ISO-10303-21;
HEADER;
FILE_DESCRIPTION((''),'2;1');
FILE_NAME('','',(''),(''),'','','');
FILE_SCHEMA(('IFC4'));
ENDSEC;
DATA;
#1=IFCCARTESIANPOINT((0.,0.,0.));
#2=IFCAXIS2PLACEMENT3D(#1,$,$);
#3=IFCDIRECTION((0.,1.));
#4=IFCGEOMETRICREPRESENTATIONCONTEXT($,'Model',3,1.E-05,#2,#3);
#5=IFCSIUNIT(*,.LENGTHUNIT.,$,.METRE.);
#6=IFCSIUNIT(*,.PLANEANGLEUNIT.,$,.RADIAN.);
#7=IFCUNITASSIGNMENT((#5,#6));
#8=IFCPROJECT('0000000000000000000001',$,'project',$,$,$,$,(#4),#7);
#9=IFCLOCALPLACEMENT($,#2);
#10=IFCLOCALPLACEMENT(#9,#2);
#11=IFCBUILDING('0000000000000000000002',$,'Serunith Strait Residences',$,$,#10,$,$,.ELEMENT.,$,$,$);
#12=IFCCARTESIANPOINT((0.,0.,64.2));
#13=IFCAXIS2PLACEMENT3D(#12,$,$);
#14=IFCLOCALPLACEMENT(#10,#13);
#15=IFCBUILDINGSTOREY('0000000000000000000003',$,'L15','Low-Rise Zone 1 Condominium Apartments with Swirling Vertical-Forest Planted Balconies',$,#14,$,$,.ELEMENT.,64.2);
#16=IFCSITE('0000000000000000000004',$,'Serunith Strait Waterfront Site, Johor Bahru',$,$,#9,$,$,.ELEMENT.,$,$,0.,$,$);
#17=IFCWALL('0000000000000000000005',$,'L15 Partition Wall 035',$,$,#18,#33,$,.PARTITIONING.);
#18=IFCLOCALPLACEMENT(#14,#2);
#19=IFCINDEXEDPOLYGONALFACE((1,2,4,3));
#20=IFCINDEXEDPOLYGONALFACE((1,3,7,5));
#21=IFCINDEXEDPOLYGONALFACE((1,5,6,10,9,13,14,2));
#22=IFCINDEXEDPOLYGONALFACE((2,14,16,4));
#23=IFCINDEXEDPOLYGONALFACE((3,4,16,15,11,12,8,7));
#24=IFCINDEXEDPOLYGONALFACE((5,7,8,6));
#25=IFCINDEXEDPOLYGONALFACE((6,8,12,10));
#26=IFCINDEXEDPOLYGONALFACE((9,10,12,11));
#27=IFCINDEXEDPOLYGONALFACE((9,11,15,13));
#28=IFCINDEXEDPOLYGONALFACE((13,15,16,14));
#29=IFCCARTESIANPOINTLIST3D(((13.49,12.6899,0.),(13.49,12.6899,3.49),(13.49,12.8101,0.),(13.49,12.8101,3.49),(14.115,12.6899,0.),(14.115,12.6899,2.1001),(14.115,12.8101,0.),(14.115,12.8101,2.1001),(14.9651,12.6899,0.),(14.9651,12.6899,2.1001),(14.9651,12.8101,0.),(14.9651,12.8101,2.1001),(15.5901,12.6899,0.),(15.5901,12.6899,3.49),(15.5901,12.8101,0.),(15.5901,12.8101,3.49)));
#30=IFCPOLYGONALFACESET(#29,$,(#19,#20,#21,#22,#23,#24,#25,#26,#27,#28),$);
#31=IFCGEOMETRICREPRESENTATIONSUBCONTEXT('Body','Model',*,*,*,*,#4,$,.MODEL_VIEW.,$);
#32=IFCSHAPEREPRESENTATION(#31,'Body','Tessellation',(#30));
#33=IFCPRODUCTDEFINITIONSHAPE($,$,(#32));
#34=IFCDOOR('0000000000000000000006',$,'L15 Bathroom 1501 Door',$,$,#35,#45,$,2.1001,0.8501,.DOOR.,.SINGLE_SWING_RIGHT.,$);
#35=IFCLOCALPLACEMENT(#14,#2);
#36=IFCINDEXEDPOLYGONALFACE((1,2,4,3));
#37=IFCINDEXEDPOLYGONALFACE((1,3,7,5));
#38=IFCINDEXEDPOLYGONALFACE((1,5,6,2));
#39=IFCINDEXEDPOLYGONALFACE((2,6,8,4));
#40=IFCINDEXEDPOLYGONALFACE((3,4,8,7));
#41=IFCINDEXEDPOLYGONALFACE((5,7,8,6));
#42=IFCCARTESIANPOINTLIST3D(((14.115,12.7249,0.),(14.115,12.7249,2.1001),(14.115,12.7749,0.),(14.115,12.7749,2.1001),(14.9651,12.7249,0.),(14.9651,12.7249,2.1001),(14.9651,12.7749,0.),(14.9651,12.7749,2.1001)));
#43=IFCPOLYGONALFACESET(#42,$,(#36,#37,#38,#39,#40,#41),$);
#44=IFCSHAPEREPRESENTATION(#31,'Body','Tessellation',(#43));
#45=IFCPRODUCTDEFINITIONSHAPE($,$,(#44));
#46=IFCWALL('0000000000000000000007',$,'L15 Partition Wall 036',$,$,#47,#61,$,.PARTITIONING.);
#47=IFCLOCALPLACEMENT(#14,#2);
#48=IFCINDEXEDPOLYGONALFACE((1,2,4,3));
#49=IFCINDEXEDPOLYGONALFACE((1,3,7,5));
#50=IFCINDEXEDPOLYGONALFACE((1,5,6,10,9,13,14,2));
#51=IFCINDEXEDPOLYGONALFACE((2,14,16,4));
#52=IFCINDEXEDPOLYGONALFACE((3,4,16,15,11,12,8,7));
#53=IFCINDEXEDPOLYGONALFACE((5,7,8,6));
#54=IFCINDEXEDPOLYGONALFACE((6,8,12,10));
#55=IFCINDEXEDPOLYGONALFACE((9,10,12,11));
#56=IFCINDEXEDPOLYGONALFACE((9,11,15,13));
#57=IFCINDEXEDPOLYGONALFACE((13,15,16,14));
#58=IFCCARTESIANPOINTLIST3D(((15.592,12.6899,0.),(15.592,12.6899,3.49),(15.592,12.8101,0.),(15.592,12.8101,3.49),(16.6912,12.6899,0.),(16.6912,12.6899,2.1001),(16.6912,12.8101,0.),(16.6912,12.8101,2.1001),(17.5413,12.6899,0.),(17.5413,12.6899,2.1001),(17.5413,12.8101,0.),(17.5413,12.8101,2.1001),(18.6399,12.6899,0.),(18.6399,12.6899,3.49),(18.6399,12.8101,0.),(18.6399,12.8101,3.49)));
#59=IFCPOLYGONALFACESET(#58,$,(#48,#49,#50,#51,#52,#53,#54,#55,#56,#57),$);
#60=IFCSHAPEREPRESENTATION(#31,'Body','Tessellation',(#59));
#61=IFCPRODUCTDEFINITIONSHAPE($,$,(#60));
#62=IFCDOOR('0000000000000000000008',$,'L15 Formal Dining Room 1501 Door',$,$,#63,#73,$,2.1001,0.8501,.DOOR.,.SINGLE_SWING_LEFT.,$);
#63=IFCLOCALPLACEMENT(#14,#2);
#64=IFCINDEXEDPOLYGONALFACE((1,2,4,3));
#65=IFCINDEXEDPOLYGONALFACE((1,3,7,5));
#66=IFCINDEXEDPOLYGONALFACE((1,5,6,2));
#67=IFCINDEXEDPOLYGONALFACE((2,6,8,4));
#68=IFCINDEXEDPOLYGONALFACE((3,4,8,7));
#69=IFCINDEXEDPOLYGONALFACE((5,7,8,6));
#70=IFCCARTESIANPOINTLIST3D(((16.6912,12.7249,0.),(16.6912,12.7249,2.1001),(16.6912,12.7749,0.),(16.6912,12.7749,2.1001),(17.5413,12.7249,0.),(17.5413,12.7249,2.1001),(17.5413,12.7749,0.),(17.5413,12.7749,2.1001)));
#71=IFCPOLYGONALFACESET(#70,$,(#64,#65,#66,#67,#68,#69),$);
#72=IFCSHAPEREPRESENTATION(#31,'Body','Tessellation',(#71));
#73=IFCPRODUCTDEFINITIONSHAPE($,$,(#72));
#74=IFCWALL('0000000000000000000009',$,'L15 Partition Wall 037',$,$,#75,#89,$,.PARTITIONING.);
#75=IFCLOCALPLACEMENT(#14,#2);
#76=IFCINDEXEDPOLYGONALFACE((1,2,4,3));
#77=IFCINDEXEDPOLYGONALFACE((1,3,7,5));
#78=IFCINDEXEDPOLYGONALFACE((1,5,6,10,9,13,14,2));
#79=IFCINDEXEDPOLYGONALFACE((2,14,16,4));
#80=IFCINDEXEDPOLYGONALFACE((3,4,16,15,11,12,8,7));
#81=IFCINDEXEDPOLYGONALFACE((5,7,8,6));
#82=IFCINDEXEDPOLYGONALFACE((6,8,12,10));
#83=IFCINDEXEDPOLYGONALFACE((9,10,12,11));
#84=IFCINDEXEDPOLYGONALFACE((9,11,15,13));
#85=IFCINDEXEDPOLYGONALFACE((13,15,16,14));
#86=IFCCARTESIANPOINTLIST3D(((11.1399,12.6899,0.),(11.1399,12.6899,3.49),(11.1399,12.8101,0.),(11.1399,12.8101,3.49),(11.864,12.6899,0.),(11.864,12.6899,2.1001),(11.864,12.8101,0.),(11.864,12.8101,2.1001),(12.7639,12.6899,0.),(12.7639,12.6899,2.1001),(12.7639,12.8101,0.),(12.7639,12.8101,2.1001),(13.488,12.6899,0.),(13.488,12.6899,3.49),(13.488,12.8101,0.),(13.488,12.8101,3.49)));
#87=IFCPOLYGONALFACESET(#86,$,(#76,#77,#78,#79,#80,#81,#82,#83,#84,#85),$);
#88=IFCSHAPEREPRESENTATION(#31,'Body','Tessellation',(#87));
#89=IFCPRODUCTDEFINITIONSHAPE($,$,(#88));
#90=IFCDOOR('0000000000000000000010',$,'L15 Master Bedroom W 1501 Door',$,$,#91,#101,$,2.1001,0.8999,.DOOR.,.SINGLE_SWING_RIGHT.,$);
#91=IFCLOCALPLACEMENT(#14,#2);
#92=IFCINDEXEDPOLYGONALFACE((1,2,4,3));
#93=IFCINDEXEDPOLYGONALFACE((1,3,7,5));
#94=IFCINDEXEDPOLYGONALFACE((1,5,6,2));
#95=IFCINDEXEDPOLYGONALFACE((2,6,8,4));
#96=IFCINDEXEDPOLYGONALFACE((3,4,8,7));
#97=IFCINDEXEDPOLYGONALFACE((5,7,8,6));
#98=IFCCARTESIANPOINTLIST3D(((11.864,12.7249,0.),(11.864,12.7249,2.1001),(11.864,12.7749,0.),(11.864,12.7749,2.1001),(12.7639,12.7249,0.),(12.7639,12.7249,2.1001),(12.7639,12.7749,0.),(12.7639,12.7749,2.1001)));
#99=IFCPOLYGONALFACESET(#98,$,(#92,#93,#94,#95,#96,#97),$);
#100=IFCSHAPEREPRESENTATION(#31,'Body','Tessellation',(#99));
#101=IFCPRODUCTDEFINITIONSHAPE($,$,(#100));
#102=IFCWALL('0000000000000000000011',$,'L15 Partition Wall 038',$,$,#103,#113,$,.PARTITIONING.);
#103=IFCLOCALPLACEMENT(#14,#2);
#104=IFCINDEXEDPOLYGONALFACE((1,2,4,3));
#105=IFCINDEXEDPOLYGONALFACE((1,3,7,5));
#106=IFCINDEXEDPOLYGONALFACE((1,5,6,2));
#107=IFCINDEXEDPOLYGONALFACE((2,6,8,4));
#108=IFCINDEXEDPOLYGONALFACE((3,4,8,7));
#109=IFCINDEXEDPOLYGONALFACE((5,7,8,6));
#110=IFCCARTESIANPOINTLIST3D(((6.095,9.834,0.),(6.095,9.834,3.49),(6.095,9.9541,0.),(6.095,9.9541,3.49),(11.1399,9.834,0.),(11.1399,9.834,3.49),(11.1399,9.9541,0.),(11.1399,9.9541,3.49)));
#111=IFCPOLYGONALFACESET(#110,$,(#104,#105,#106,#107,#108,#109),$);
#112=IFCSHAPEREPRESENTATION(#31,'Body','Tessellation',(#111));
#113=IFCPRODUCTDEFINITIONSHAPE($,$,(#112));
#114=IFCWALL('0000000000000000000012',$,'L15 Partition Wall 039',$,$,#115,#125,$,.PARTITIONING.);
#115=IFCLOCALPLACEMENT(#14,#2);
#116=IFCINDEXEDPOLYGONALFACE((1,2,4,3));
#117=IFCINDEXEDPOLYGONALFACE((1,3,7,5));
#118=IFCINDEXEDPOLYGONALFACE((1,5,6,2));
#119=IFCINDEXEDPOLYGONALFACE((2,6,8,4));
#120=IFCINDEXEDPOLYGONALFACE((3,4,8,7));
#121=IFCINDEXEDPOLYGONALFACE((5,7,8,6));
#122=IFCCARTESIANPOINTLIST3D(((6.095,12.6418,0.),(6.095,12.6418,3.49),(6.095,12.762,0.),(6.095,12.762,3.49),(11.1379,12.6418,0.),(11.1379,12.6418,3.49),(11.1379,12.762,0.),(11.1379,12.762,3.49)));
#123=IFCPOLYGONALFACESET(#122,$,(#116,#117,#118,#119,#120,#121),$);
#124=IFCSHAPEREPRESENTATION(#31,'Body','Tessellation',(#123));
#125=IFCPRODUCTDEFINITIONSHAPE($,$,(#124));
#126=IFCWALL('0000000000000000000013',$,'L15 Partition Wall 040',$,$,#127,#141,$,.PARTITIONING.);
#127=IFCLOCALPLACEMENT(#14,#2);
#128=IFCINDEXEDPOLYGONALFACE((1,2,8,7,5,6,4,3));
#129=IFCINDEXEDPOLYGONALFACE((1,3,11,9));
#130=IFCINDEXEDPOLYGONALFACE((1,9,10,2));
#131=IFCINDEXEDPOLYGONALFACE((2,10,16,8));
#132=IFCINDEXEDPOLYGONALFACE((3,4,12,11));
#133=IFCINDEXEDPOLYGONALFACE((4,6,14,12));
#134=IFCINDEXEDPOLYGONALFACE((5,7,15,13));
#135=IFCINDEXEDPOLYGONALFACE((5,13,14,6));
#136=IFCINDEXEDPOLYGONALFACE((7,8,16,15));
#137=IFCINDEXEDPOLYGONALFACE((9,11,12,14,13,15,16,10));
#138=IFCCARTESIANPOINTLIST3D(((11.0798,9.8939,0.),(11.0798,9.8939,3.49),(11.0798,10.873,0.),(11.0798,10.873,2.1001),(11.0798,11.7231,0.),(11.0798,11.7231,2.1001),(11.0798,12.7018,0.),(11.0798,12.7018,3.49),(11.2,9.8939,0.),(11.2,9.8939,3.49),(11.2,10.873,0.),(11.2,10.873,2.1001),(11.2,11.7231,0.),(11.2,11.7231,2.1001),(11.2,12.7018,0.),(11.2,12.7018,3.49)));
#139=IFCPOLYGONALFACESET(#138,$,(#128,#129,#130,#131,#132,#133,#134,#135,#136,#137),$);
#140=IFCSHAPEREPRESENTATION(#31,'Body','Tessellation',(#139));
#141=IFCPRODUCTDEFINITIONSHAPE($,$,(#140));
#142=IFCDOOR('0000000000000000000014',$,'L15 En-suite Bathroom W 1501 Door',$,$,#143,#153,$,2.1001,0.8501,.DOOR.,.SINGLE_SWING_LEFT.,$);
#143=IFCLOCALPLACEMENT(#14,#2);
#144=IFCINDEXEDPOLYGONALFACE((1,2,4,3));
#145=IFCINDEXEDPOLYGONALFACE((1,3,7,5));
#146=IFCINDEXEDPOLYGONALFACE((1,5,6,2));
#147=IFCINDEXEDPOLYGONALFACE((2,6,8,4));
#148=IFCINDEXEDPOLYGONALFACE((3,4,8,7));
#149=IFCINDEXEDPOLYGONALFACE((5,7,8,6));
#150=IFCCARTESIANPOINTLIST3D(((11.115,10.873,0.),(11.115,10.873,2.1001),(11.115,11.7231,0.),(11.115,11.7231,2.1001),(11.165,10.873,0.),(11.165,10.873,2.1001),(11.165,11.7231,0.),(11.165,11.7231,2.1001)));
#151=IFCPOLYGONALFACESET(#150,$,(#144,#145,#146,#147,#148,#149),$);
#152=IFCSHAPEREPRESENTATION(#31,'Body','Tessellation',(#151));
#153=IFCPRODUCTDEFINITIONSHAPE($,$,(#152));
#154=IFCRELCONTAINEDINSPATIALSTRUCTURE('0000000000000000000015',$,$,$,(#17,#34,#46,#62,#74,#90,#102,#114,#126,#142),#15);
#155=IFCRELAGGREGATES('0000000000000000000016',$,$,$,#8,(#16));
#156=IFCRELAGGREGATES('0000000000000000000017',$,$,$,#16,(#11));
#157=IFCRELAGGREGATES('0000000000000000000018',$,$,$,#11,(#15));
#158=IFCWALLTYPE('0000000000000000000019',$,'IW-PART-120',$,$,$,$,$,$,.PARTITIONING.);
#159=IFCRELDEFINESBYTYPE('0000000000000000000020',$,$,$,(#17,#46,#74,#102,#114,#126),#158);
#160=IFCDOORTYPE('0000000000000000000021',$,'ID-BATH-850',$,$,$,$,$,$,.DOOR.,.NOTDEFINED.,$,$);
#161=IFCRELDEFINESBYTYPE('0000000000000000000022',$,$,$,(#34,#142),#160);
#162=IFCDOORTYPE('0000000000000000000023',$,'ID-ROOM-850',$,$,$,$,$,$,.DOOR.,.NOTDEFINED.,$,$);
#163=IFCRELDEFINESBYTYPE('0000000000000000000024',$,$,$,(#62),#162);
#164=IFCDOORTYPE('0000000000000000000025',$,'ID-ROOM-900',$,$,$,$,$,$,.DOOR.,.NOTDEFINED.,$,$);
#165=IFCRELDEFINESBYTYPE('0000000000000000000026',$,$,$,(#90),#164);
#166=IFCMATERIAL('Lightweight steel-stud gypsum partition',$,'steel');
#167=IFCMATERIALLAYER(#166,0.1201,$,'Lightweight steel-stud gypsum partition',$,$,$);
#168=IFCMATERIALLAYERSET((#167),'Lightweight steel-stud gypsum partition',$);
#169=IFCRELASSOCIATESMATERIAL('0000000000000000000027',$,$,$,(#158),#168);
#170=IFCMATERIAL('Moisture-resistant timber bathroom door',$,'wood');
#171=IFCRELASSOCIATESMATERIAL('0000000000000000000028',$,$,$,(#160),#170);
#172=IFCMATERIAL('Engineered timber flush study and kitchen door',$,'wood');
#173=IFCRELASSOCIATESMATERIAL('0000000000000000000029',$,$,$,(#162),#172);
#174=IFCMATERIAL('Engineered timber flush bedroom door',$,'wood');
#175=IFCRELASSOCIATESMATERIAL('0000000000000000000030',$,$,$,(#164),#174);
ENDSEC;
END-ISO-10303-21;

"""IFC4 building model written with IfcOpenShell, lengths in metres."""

from ifc_helpers import new_model, si_unit, direction, frame, frame_2d, origin, place, context, subcontext, project, spatial, rectangle, extrude, source, transform, mapped, material, layer, layer_set, type_object, element, fill, save


model = new_model("IFC4")

# Units and contexts
model_context = context("Model", 3, precision=1e-05, world=origin(), true_north=direction((0.0, 1.0)))
body_context = subcontext(model_context, "Body", "Model", "MODEL_VIEW")
ifc_project = project(units=[si_unit("LENGTHUNIT", "METRE"), si_unit("PLANEANGLEUNIT", "RADIAN")], contexts=[model_context])

# Site, building, storey
site_placement = place(None, origin())
site = spatial("IfcSite", under=ifc_project, at=site_placement, Name="Serunith Strait Waterfront Site, Johor Bahru", CompositionType="ELEMENT", RefElevation=0.0)
building_placement = place(site_placement, origin())
building = spatial("IfcBuilding", under=site, at=building_placement, Name="Serunith Strait Residences", CompositionType="ELEMENT")
storey_placement = place(building_placement, frame((0.0, 0.0, 64.2)))
storey = spatial("IfcBuildingStorey", under=building, at=storey_placement, Name="L15", Description="Low-Rise Zone 1 Condominium Apartments with Swirling Vertical-Forest Planted Balconies", CompositionType="ELEMENT", Elevation=64.2)

# Walls, openings, doors
ifc_material_1 = material(Name="Lightweight steel-stud gypsum partition", Category="steel")
ifc_layer_1 = layer(ifc_material_1, 0.1201, Name="Lightweight steel-stud gypsum partition")
ifc_layer_set_1 = layer_set([ifc_layer_1], Name="Lightweight steel-stud gypsum partition")
wall_type_1 = type_object("IfcWallType", Name="IW-PART-120", PredefinedType="PARTITIONING", material=ifc_layer_set_1)
wall_1_placement = place(storey_placement, frame((13.49, 12.75, 0.0), z_axis=(0.0, 0.0, 1.0), x_axis=(1.0, 0.0, 0.0)))
wall_1 = element("IfcWall", 1, at=wall_1_placement, inside=storey, type_object=wall_type_1, Name="L15 Partition Wall 035", PredefinedType="PARTITIONING", context=body_context, shape_type="SweptSolid", body=[
    extrude(rectangle(XDim=2.1001, YDim=0.1201, at=frame_2d((1.05, 0.0))), origin(), (0.0, 0.0, 1.0), 3.49),
])
opening_1_placement = place(wall_1_placement, frame((0.625, 0.0, 0.0)))
opening_1 = element("IfcOpeningElement", 2, at=opening_1_placement, cuts=wall_1, PredefinedType="OPENING", context=body_context, shape_type="SweptSolid", body=[
    extrude(rectangle(XDim=0.8501, YDim=2.1001, at=frame_2d((0.425, 1.05))), frame((0.0, 0.0701, 0.0), z_axis=(0.0, -1.0, 0.0), x_axis=(1.0, 0.0, 0.0)), (0.0, 0.0, 1.0), 0.1401),
])
ifc_material_2 = material(Name="Moisture-resistant timber bathroom door", Category="wood")
door_type_1 = type_object("IfcDoorType", Name="ID-BATH-850", OperationType="NOTDEFINED", PredefinedType="DOOR", material=ifc_material_2)
shared_shape_1 = source(origin(), body_context, "Body", "SweptSolid", [
    extrude(rectangle(XDim=0.8501, YDim=2.1001, at=frame_2d((0.425, 1.05))), frame((0.0, 0.0249, 0.0), z_axis=(0.0, -1.0, 0.0), x_axis=(1.0, 0.0, 0.0)), (0.0, 0.0, 1.0), 0.05),
])
door_1_placement = place(opening_1_placement, origin())
door_1 = element("IfcDoor", 3, at=door_1_placement, inside=storey, type_object=door_type_1, Name="L15 Bathroom 1501 Door", OperationType="SINGLE_SWING_RIGHT", OverallHeight=2.1001, OverallWidth=0.8501, PredefinedType="DOOR", context=body_context, shape_type="MappedRepresentation", body=[
    mapped(shared_shape_1, transform((0.0, 0.0, 0.0), scale=1.0)),
])
fill(opening_1, door_1)
wall_2_placement = place(storey_placement, frame((15.592, 12.75, 0.0), z_axis=(0.0, 0.0, 1.0), x_axis=(1.0, 0.0, 0.0)))
wall_2 = element("IfcWall", 4, at=wall_2_placement, inside=storey, type_object=wall_type_1, Name="L15 Partition Wall 036", PredefinedType="PARTITIONING", context=body_context, shape_type="SweptSolid", body=[
    extrude(rectangle(XDim=3.0479, YDim=0.1201, at=frame_2d((1.5239, 0.0))), origin(), (0.0, 0.0, 1.0), 3.49),
])
opening_2_placement = place(wall_2_placement, frame((1.0991, 0.0, 0.0)))
opening_2 = element("IfcOpeningElement", 5, at=opening_2_placement, cuts=wall_2, PredefinedType="OPENING", context=body_context, shape_type="SweptSolid", body=[
    extrude(rectangle(XDim=0.8501, YDim=2.1001, at=frame_2d((0.425, 1.05))), frame((0.0, 0.0701, 0.0), z_axis=(0.0, -1.0, 0.0), x_axis=(1.0, 0.0, 0.0)), (0.0, 0.0, 1.0), 0.1401),
])
ifc_material_3 = material(Name="Engineered timber flush study and kitchen door", Category="wood")
door_type_2 = type_object("IfcDoorType", Name="ID-ROOM-850", OperationType="NOTDEFINED", PredefinedType="DOOR", material=ifc_material_3)
door_2_placement = place(opening_2_placement, origin())
door_2 = element("IfcDoor", 6, at=door_2_placement, inside=storey, type_object=door_type_2, Name="L15 Formal Dining Room 1501 Door", OperationType="SINGLE_SWING_LEFT", OverallHeight=2.1001, OverallWidth=0.8501, PredefinedType="DOOR", context=body_context, shape_type="MappedRepresentation", body=[
    mapped(shared_shape_1, transform((0.0, 0.0, 0.0), scale=1.0)),
])
fill(opening_2, door_2)
wall_3_placement = place(storey_placement, frame((11.1399, 12.75, 0.0), z_axis=(0.0, 0.0, 1.0), x_axis=(1.0, 0.0, 0.0)))
wall_3 = element("IfcWall", 7, at=wall_3_placement, inside=storey, type_object=wall_type_1, Name="L15 Partition Wall 037", PredefinedType="PARTITIONING", context=body_context, shape_type="SweptSolid", body=[
    extrude(rectangle(XDim=2.3481, YDim=0.1201, at=frame_2d((1.1741, 0.0))), origin(), (0.0, 0.0, 1.0), 3.49),
])
opening_3_placement = place(wall_3_placement, frame((0.7241, 0.0, 0.0)))
opening_3 = element("IfcOpeningElement", 8, at=opening_3_placement, cuts=wall_3, PredefinedType="OPENING", context=body_context, shape_type="SweptSolid", body=[
    extrude(rectangle(XDim=0.8999, YDim=2.1001, at=frame_2d((0.45, 1.05))), frame((0.0, 0.0701, 0.0), z_axis=(0.0, -1.0, 0.0), x_axis=(1.0, 0.0, 0.0)), (0.0, 0.0, 1.0), 0.1401),
])
ifc_material_4 = material(Name="Engineered timber flush bedroom door", Category="wood")
door_type_3 = type_object("IfcDoorType", Name="ID-ROOM-900", OperationType="NOTDEFINED", PredefinedType="DOOR", material=ifc_material_4)
shared_shape_2 = source(origin(), body_context, "Body", "SweptSolid", [
    extrude(rectangle(XDim=0.8999, YDim=2.1001, at=frame_2d((0.45, 1.05))), frame((0.0, 0.0249, 0.0), z_axis=(0.0, -1.0, 0.0), x_axis=(1.0, 0.0, 0.0)), (0.0, 0.0, 1.0), 0.05),
])
door_3_placement = place(opening_3_placement, origin())
door_3 = element("IfcDoor", 9, at=door_3_placement, inside=storey, type_object=door_type_3, Name="L15 Master Bedroom W 1501 Door", OperationType="SINGLE_SWING_RIGHT", OverallHeight=2.1001, OverallWidth=0.8999, PredefinedType="DOOR", context=body_context, shape_type="MappedRepresentation", body=[
    mapped(shared_shape_2, transform((0.0, 0.0, 0.0), scale=1.0)),
])
fill(opening_3, door_3)

# Walls
wall_4_placement = place(storey_placement, frame((6.095, 9.894, 0.0), z_axis=(0.0, 0.0, 1.0), x_axis=(1.0, 0.0, 0.0)))
element("IfcWall", 10, at=wall_4_placement, inside=storey, type_object=wall_type_1, Name="L15 Partition Wall 038", PredefinedType="PARTITIONING", context=body_context, shape_type="SweptSolid", body=[
    extrude(rectangle(XDim=5.0449, YDim=0.1201, at=frame_2d((2.5225, 0.0))), origin(), (0.0, 0.0, 1.0), 3.49),
])
wall_5_placement = place(storey_placement, frame((6.095, 12.7019, 0.0), z_axis=(0.0, 0.0, 1.0), x_axis=(1.0, 0.0, 0.0)))
element("IfcWall", 11, at=wall_5_placement, inside=storey, type_object=wall_type_1, Name="L15 Partition Wall 039", PredefinedType="PARTITIONING", context=body_context, shape_type="SweptSolid", body=[
    extrude(rectangle(XDim=5.043, YDim=0.1201, at=frame_2d((2.5215, 0.0))), origin(), (0.0, 0.0, 1.0), 3.49),
])

# Wall, opening, door
wall_6_placement = place(storey_placement, frame((11.1399, 9.894, 0.0), z_axis=(0.0, 0.0, 1.0), x_axis=(0.0, 1.0, 0.0)))
wall_6 = element("IfcWall", 12, at=wall_6_placement, inside=storey, type_object=wall_type_1, Name="L15 Partition Wall 040", PredefinedType="PARTITIONING", context=body_context, shape_type="SweptSolid", body=[
    extrude(rectangle(XDim=2.8079, YDim=0.1201, at=frame_2d((1.4038, 0.0))), origin(), (0.0, 0.0, 1.0), 3.49),
])
opening_4_placement = place(wall_6_placement, frame((0.979, 0.0, 0.0)))
opening_4 = element("IfcOpeningElement", 13, at=opening_4_placement, cuts=wall_6, PredefinedType="OPENING", context=body_context, shape_type="SweptSolid", body=[
    extrude(rectangle(XDim=0.8501, YDim=2.1001, at=frame_2d((0.425, 1.05))), frame((0.0, 0.0701, 0.0), z_axis=(0.0, -1.0, 0.0), x_axis=(1.0, 0.0, 0.0)), (0.0, 0.0, 1.0), 0.1401),
])
door_4_placement = place(opening_4_placement, origin())
door_4 = element("IfcDoor", 14, at=door_4_placement, inside=storey, type_object=door_type_1, Name="L15 En-suite Bathroom W 1501 Door", OperationType="SINGLE_SWING_LEFT", OverallHeight=2.1001, OverallWidth=0.8501, PredefinedType="DOOR", context=body_context, shape_type="MappedRepresentation", body=[
    mapped(shared_shape_1, transform((0.0, 0.0, 0.0), scale=1.0)),
])
fill(opening_4, door_4)

save(model, "model.ifc")
